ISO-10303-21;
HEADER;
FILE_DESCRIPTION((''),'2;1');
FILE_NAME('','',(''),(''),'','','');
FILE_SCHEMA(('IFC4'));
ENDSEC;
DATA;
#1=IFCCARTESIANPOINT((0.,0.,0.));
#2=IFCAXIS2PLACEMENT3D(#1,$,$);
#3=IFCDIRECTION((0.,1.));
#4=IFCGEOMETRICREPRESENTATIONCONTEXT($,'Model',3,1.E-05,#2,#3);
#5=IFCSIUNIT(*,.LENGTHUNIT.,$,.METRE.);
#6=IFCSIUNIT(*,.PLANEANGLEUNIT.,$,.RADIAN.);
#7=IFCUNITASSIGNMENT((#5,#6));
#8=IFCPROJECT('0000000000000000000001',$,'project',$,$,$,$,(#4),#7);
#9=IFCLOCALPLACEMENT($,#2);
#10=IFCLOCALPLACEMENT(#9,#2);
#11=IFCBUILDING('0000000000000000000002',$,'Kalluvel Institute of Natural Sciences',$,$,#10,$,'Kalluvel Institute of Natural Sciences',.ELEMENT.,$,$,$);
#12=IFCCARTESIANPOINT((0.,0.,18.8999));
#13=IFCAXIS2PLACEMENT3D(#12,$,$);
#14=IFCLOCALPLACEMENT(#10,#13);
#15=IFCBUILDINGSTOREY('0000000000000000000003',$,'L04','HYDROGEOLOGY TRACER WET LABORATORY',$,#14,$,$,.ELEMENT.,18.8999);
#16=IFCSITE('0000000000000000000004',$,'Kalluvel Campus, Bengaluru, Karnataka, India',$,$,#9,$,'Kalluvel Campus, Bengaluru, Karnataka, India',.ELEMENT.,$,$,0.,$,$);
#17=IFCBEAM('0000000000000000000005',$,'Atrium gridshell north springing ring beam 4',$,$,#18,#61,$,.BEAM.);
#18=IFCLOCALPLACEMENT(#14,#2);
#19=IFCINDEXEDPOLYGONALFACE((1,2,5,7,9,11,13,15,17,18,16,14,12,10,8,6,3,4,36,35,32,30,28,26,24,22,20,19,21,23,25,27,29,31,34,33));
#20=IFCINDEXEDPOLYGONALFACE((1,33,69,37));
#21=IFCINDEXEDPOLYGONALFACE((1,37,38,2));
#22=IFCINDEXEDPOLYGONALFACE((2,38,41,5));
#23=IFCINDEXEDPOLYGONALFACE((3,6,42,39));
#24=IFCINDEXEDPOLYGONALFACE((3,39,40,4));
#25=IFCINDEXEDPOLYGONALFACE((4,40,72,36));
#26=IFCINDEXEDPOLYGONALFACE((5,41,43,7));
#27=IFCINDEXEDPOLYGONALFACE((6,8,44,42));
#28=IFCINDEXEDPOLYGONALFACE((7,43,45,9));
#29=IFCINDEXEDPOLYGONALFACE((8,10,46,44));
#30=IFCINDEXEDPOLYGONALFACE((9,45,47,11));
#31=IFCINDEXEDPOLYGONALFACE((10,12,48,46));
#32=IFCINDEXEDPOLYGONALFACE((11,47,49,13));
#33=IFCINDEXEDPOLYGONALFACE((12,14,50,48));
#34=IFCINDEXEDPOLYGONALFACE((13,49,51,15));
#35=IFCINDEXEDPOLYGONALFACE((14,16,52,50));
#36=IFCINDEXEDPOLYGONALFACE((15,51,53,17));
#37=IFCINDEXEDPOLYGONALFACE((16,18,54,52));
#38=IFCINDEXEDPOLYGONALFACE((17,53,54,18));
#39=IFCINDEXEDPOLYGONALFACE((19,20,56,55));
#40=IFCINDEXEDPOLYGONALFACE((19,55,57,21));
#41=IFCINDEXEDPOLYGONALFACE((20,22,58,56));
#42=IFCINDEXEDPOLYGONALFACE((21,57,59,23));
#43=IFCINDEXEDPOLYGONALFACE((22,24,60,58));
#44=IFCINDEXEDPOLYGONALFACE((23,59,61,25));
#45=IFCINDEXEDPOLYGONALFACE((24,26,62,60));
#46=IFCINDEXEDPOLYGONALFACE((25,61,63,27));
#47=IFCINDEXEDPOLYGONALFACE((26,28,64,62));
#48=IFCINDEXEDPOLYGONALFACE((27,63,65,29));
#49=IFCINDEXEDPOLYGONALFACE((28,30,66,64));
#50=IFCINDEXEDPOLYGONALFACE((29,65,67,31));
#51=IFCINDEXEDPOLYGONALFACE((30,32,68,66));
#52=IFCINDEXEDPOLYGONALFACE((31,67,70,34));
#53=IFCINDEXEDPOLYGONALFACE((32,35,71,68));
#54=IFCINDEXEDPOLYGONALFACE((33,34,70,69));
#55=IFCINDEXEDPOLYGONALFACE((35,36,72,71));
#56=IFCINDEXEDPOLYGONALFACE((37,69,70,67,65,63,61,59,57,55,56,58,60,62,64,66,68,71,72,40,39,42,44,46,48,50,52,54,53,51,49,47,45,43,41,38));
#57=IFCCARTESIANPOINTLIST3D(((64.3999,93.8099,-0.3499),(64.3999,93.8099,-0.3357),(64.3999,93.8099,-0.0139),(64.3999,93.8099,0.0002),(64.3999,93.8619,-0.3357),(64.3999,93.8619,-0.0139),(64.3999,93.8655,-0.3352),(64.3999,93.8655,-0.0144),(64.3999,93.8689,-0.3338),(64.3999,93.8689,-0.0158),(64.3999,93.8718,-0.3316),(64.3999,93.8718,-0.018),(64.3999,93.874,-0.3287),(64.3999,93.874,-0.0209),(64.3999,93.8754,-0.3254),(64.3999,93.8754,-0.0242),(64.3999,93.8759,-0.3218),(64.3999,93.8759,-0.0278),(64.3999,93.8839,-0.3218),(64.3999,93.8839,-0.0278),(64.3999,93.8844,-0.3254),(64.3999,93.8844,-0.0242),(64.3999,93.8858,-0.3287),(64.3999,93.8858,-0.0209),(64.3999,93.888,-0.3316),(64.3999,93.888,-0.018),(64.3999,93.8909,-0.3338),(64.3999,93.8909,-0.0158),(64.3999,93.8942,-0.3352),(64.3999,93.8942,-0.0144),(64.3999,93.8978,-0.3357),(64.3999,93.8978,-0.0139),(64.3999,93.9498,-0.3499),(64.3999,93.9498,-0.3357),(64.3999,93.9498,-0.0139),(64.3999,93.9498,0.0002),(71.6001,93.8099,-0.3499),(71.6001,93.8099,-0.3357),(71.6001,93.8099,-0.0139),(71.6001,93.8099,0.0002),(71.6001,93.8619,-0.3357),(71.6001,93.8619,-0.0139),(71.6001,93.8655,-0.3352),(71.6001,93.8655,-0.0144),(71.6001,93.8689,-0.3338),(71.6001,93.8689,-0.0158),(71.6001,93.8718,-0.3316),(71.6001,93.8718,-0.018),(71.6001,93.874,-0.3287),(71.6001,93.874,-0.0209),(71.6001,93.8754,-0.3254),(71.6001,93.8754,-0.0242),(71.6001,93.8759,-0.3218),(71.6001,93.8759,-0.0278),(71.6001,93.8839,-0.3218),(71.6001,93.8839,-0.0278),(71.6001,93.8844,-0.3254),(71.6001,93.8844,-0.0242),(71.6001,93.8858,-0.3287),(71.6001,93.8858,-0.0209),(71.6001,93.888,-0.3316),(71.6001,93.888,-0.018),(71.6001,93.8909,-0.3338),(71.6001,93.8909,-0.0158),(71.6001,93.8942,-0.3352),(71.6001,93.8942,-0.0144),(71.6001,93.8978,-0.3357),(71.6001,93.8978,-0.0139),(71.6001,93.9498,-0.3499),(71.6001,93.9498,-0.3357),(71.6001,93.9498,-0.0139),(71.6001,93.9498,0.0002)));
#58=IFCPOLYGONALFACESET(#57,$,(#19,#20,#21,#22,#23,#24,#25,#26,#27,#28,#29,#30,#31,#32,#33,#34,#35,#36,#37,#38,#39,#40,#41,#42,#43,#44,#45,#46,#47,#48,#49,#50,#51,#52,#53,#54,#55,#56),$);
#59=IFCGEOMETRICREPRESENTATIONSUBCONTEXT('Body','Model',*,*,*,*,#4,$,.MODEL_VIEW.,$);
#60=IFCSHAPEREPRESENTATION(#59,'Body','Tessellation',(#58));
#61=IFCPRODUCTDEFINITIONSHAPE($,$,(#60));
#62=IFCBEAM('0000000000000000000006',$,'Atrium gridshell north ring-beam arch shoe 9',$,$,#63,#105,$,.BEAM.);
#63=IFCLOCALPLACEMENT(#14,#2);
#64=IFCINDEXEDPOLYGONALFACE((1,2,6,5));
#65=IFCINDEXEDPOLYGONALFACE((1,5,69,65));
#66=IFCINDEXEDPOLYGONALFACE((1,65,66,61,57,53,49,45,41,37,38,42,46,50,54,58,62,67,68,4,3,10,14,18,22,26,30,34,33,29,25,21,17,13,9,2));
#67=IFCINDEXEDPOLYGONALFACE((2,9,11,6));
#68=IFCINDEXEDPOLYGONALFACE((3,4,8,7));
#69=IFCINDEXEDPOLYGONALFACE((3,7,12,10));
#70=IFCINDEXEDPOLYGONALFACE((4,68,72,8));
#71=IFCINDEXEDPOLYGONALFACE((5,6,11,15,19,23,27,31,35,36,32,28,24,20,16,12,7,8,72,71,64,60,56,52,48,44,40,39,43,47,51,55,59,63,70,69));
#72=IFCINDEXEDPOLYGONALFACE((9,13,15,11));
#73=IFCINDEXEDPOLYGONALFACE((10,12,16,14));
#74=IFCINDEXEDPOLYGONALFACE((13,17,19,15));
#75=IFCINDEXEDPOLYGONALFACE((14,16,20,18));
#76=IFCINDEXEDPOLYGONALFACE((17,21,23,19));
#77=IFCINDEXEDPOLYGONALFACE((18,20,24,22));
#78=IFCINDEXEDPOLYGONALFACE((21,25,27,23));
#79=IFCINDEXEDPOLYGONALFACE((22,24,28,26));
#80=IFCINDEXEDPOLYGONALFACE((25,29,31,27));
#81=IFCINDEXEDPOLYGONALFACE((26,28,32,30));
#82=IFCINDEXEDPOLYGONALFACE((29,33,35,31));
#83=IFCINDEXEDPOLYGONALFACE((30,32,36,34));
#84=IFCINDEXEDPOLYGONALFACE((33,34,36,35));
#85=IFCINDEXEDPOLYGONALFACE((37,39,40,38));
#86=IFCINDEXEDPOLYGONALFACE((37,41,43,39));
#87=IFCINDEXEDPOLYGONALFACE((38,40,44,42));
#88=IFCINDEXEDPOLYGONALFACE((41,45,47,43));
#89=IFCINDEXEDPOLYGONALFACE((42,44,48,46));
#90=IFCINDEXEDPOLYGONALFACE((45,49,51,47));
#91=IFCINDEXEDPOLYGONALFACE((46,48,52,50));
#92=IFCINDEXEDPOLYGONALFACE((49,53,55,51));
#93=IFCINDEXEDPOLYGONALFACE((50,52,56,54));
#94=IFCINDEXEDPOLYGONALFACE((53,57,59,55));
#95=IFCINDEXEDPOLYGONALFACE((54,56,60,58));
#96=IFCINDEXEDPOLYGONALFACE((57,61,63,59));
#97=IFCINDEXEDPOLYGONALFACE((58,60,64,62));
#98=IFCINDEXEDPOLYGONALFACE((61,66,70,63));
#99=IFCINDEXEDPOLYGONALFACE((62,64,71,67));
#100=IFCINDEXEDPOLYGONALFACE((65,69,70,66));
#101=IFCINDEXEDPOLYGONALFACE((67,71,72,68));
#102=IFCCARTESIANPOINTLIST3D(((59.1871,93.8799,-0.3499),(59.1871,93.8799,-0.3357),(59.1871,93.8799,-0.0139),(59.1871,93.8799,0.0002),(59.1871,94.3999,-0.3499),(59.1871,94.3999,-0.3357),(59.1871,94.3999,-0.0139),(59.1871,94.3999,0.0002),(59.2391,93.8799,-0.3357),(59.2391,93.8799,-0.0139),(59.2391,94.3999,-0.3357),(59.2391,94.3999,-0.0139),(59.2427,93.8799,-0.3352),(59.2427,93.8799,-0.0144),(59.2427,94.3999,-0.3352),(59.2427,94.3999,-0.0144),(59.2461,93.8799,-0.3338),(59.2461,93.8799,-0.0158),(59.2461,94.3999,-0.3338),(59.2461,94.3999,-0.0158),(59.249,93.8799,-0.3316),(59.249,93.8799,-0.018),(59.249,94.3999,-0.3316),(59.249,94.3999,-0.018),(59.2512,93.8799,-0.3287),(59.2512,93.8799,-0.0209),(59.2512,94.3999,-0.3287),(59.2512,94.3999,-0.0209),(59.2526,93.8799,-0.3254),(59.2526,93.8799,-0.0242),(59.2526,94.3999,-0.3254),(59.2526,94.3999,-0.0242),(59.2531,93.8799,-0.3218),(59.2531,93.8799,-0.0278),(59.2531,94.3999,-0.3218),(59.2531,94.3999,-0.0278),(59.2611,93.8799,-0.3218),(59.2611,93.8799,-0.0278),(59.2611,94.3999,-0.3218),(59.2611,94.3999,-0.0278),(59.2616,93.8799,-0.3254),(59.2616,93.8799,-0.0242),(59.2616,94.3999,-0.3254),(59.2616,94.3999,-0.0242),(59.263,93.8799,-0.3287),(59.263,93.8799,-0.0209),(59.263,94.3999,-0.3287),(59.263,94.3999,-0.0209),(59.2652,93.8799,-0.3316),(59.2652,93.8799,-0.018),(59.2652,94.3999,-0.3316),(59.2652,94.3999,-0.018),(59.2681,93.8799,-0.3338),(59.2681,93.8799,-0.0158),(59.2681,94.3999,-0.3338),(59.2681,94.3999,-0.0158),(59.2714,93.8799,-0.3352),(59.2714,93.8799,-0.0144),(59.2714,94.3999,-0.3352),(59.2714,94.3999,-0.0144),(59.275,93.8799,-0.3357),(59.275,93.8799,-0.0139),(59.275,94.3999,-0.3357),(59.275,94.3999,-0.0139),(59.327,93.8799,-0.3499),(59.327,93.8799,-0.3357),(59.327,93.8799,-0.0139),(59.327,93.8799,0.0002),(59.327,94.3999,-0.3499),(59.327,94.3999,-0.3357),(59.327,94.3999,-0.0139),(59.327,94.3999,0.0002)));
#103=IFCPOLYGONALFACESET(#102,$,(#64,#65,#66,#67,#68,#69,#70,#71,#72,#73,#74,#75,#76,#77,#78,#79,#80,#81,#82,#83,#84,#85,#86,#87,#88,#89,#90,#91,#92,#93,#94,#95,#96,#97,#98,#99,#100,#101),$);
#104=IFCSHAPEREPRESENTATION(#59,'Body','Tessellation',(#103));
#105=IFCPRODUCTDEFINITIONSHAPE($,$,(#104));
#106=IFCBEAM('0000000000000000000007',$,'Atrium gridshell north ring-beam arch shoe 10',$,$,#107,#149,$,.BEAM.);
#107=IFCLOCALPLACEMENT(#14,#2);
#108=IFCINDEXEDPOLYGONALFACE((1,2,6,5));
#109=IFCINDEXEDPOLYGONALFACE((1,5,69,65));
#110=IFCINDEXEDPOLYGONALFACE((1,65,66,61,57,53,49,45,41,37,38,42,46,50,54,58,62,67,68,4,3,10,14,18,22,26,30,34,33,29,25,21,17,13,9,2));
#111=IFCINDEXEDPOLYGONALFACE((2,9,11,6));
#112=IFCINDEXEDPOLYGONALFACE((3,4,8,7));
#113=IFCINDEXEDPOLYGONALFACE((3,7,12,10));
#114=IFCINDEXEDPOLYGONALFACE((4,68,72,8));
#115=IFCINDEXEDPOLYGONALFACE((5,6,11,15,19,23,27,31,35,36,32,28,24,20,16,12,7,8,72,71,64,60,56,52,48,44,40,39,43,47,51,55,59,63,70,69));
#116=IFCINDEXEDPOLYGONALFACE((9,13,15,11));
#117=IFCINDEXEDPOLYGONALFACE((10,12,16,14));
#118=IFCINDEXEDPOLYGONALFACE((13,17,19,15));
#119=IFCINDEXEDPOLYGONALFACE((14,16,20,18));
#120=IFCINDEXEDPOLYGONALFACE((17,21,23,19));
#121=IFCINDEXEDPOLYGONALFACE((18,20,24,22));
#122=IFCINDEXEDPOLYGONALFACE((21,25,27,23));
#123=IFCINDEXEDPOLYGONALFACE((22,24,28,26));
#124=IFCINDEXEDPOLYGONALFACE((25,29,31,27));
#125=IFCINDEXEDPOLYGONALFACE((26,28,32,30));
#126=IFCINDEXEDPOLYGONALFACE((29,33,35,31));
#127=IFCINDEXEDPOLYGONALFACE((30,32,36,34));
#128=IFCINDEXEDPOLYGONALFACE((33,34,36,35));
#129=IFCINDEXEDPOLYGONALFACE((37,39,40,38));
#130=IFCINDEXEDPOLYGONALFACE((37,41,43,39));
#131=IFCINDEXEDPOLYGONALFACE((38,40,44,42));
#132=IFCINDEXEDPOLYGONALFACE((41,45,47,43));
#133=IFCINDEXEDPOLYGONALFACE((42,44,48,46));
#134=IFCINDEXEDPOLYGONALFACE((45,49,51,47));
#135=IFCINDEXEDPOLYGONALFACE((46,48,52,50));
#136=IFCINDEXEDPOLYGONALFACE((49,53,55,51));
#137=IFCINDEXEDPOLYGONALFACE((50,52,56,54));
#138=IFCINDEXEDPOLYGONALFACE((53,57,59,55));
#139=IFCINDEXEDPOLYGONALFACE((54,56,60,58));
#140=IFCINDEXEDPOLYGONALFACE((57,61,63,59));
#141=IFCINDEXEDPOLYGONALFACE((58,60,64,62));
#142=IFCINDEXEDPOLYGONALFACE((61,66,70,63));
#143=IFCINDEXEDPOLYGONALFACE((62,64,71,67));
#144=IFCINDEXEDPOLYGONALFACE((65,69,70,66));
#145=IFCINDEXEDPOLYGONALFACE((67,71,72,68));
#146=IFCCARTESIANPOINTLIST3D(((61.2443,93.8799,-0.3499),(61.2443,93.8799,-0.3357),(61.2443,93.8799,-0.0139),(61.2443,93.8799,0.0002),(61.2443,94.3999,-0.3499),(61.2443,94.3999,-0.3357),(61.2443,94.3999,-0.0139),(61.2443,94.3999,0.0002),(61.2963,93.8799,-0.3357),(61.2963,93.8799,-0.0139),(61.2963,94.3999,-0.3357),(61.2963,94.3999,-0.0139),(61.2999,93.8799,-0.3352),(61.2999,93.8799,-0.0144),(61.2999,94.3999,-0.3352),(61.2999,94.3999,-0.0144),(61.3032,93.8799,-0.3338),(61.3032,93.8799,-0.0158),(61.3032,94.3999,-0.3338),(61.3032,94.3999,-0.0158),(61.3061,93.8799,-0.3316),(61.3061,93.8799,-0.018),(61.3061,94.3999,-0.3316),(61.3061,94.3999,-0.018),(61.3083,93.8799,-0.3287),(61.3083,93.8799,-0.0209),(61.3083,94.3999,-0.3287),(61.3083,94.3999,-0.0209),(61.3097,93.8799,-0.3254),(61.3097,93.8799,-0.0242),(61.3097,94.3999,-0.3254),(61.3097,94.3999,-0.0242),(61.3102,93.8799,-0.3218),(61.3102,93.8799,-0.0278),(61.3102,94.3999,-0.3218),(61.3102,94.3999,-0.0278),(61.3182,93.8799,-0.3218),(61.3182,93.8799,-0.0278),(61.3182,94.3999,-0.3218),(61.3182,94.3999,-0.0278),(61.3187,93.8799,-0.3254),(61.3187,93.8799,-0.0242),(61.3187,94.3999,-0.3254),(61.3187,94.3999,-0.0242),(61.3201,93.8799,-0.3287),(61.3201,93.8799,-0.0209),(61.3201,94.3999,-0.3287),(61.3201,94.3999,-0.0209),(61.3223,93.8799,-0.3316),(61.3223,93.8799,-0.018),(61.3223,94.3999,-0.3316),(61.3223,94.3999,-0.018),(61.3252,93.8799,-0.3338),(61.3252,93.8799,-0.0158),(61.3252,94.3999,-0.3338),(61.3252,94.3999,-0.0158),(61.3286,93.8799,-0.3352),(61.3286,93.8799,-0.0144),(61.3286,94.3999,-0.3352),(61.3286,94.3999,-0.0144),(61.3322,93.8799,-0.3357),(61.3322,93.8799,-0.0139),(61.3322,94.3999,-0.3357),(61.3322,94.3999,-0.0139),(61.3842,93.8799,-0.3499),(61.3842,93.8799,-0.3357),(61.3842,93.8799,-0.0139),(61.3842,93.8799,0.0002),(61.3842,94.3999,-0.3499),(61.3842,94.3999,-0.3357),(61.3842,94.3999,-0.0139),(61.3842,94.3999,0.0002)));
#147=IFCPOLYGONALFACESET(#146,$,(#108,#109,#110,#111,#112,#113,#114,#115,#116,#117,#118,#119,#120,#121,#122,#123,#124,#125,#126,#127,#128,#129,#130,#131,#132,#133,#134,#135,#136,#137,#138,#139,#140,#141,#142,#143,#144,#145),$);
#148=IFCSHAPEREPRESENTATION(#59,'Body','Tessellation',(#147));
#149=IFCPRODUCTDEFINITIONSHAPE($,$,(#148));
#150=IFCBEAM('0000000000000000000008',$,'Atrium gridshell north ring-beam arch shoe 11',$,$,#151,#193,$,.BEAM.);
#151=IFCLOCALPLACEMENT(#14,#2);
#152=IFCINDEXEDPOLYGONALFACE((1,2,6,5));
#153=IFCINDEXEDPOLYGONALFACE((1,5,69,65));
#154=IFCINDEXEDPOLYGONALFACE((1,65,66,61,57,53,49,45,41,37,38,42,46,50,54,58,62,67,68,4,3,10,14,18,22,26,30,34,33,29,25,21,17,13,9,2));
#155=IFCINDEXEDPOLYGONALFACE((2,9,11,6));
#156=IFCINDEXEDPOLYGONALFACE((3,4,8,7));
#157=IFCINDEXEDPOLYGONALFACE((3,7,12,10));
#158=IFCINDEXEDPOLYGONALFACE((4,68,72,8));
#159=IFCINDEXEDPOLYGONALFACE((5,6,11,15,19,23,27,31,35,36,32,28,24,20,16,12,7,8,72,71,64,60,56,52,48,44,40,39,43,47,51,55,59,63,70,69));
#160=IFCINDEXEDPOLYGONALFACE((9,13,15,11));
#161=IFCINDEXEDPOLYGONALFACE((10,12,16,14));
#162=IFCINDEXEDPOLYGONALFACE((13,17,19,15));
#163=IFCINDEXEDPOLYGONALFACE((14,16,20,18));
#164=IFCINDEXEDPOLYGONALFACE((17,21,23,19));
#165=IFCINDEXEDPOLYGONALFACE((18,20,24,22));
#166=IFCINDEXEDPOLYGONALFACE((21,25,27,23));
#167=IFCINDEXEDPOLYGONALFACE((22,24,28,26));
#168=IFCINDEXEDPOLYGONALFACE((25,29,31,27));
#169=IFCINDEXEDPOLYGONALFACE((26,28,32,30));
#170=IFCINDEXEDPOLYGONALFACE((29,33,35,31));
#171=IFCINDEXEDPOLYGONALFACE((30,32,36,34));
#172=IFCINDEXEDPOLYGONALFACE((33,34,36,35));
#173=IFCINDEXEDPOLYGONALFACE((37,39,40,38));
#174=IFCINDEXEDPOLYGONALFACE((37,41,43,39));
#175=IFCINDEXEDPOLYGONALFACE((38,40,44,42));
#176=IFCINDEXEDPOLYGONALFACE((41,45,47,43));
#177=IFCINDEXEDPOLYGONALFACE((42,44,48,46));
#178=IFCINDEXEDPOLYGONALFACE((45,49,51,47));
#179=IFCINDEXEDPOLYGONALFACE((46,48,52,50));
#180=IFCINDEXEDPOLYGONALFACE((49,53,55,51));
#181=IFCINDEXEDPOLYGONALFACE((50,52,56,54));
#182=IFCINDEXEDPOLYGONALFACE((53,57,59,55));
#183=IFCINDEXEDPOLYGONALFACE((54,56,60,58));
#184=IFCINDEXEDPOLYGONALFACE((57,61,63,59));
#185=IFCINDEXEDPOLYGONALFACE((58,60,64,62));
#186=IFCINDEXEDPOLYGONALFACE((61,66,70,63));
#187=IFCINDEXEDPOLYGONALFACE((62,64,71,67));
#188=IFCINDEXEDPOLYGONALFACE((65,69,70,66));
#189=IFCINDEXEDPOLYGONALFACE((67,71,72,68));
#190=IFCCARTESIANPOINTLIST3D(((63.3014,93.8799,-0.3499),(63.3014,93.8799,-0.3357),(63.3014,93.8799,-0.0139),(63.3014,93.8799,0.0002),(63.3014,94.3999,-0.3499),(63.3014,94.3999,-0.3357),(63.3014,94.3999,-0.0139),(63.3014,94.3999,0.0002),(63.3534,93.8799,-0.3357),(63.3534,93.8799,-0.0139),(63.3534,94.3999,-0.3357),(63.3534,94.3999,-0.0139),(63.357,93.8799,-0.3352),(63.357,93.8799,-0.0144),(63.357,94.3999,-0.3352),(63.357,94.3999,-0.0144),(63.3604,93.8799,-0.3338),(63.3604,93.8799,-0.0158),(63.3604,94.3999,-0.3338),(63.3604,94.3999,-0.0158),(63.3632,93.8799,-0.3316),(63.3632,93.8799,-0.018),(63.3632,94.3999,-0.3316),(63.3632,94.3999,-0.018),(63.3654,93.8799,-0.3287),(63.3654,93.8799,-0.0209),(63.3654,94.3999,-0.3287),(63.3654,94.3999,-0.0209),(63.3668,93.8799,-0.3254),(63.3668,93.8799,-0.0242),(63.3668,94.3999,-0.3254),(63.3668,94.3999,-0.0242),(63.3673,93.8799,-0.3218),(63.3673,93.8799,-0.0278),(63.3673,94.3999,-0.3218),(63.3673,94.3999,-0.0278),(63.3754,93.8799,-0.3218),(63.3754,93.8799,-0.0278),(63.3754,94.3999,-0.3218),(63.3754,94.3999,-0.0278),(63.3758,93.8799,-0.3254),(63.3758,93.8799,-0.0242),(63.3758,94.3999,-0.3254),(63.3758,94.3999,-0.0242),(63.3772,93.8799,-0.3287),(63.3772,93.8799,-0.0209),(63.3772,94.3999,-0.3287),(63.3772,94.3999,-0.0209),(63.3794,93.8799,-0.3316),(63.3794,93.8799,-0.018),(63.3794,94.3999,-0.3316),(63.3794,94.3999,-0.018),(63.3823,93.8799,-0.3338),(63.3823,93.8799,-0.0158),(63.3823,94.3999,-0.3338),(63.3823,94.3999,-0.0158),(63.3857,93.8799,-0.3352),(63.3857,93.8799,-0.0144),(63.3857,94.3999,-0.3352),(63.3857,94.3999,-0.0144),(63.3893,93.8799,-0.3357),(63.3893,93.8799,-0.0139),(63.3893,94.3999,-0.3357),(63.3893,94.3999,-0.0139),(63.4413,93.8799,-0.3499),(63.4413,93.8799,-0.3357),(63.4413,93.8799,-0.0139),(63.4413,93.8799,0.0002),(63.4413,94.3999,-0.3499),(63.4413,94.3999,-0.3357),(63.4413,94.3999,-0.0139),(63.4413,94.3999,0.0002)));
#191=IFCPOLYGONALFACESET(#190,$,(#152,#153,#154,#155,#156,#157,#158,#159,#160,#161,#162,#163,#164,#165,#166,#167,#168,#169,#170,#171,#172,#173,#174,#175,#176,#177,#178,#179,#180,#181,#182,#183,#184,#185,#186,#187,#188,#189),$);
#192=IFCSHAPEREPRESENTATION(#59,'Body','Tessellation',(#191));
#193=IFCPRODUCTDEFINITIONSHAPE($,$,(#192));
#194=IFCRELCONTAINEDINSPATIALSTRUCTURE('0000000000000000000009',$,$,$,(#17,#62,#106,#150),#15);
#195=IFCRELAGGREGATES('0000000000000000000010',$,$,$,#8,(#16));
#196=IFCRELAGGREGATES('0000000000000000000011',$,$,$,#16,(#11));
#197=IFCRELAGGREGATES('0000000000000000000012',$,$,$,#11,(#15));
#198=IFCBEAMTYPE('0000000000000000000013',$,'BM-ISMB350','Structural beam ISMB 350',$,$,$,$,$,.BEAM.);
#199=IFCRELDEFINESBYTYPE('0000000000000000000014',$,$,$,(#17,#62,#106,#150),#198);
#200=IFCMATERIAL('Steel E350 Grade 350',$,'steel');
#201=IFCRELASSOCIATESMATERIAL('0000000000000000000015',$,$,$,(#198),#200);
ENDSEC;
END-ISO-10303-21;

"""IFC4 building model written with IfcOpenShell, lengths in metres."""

from ifc_helpers import new_model, si_unit, direction, frame, origin, origin_2d, place, context, subcontext, project, spatial, i_section, extrude, material, material_profile, profile_set, type_object, element, save


model = new_model("IFC4")

# Units and contexts
model_context = context("Model", 3, precision=1e-05, world=origin(), true_north=direction((0.0, 1.0)))
body_context = subcontext(model_context, "Body", "Model", "MODEL_VIEW")
ifc_project = project(units=[si_unit("LENGTHUNIT", "METRE"), si_unit("PLANEANGLEUNIT", "RADIAN")], contexts=[model_context])

# Site, building, storey
site_placement = place(None, origin())
site = spatial("IfcSite", under=ifc_project, at=site_placement, Name="Kalluvel Campus, Bengaluru, Karnataka, India", LongName="Kalluvel Campus, Bengaluru, Karnataka, India", CompositionType="ELEMENT", RefElevation=0.0)
building_placement = place(site_placement, origin())
building = spatial("IfcBuilding", under=site, at=building_placement, Name="Kalluvel Institute of Natural Sciences", LongName="Kalluvel Institute of Natural Sciences", CompositionType="ELEMENT")
storey_placement = place(building_placement, frame((0.0, 0.0, 18.8999)))
storey = spatial("IfcBuildingStorey", under=building, at=storey_placement, Name="L04", Description="HYDROGEOLOGY TRACER WET LABORATORY", CompositionType="ELEMENT", Elevation=18.8999)

# Beams
ifc_material_1 = material(Name="Steel E350 Grade 350", Category="steel")
ifc_material_profile_1 = material_profile(ifc_material_1, i_section(OverallWidth=0.1399, OverallDepth=0.3501, WebThickness=0.0081, FlangeThickness=0.0142, FilletRadius=0.0139, at=origin_2d()), Name="ISMB 350")
ifc_profile_set_1 = profile_set([ifc_material_profile_1], Name="Steel E350 Grade 350")
beam_type = type_object("IfcBeamType", Name="BM-ISMB350", Description="Structural beam ISMB 350", PredefinedType="BEAM", material=ifc_profile_set_1)
beam_placement = place(storey_placement, frame((64.3999, 93.8799, -0.1748), z_axis=(1.0, 0.0, 0.0), x_axis=(0.0, 1.0, 0.0)))
element("IfcBeam", 1, at=beam_placement, inside=storey, type_object=beam_type, Name="Atrium gridshell north springing ring beam 4", PredefinedType="BEAM", context=body_context, shape_type="SweptSolid", body=[
    extrude(i_section(OverallWidth=0.1399, OverallDepth=0.3501, WebThickness=0.0081, FlangeThickness=0.0142, FilletRadius=0.0139, at=origin_2d()), origin(), (0.0, 0.0, 1.0), 7.2002),
])
for number, where, z_axis, x_axis, name in (
    (2, (59.2571, 93.8799, -0.1748), (0.0, 1.0, 0.0), (-1.0, 0.0, 0.0), "Atrium gridshell north ring-beam arch shoe 9"),
    (3, (61.3142, 93.8799, -0.1748), (0.0, 1.0, 0.0), (-1.0, 0.0, 0.0), "Atrium gridshell north ring-beam arch shoe 10"),
    (4, (63.3713, 93.8799, -0.1748), (0.0, 1.0, 0.0), (-1.0, 0.0, 0.0), "Atrium gridshell north ring-beam arch shoe 11"),
):
    element("IfcBeam", number, at=place(storey_placement, frame(where, z_axis=z_axis, x_axis=x_axis)), inside=storey, type_object=beam_type, Name=name, PredefinedType="BEAM", context=body_context, shape_type="SweptSolid", body=[
        extrude(i_section(OverallWidth=0.1399, OverallDepth=0.3501, WebThickness=0.0081, FlangeThickness=0.0142, FilletRadius=0.0139, at=origin_2d()), origin(), (0.0, 0.0, 1.0), 0.52),
    ])

save(model, "model.ifc")
